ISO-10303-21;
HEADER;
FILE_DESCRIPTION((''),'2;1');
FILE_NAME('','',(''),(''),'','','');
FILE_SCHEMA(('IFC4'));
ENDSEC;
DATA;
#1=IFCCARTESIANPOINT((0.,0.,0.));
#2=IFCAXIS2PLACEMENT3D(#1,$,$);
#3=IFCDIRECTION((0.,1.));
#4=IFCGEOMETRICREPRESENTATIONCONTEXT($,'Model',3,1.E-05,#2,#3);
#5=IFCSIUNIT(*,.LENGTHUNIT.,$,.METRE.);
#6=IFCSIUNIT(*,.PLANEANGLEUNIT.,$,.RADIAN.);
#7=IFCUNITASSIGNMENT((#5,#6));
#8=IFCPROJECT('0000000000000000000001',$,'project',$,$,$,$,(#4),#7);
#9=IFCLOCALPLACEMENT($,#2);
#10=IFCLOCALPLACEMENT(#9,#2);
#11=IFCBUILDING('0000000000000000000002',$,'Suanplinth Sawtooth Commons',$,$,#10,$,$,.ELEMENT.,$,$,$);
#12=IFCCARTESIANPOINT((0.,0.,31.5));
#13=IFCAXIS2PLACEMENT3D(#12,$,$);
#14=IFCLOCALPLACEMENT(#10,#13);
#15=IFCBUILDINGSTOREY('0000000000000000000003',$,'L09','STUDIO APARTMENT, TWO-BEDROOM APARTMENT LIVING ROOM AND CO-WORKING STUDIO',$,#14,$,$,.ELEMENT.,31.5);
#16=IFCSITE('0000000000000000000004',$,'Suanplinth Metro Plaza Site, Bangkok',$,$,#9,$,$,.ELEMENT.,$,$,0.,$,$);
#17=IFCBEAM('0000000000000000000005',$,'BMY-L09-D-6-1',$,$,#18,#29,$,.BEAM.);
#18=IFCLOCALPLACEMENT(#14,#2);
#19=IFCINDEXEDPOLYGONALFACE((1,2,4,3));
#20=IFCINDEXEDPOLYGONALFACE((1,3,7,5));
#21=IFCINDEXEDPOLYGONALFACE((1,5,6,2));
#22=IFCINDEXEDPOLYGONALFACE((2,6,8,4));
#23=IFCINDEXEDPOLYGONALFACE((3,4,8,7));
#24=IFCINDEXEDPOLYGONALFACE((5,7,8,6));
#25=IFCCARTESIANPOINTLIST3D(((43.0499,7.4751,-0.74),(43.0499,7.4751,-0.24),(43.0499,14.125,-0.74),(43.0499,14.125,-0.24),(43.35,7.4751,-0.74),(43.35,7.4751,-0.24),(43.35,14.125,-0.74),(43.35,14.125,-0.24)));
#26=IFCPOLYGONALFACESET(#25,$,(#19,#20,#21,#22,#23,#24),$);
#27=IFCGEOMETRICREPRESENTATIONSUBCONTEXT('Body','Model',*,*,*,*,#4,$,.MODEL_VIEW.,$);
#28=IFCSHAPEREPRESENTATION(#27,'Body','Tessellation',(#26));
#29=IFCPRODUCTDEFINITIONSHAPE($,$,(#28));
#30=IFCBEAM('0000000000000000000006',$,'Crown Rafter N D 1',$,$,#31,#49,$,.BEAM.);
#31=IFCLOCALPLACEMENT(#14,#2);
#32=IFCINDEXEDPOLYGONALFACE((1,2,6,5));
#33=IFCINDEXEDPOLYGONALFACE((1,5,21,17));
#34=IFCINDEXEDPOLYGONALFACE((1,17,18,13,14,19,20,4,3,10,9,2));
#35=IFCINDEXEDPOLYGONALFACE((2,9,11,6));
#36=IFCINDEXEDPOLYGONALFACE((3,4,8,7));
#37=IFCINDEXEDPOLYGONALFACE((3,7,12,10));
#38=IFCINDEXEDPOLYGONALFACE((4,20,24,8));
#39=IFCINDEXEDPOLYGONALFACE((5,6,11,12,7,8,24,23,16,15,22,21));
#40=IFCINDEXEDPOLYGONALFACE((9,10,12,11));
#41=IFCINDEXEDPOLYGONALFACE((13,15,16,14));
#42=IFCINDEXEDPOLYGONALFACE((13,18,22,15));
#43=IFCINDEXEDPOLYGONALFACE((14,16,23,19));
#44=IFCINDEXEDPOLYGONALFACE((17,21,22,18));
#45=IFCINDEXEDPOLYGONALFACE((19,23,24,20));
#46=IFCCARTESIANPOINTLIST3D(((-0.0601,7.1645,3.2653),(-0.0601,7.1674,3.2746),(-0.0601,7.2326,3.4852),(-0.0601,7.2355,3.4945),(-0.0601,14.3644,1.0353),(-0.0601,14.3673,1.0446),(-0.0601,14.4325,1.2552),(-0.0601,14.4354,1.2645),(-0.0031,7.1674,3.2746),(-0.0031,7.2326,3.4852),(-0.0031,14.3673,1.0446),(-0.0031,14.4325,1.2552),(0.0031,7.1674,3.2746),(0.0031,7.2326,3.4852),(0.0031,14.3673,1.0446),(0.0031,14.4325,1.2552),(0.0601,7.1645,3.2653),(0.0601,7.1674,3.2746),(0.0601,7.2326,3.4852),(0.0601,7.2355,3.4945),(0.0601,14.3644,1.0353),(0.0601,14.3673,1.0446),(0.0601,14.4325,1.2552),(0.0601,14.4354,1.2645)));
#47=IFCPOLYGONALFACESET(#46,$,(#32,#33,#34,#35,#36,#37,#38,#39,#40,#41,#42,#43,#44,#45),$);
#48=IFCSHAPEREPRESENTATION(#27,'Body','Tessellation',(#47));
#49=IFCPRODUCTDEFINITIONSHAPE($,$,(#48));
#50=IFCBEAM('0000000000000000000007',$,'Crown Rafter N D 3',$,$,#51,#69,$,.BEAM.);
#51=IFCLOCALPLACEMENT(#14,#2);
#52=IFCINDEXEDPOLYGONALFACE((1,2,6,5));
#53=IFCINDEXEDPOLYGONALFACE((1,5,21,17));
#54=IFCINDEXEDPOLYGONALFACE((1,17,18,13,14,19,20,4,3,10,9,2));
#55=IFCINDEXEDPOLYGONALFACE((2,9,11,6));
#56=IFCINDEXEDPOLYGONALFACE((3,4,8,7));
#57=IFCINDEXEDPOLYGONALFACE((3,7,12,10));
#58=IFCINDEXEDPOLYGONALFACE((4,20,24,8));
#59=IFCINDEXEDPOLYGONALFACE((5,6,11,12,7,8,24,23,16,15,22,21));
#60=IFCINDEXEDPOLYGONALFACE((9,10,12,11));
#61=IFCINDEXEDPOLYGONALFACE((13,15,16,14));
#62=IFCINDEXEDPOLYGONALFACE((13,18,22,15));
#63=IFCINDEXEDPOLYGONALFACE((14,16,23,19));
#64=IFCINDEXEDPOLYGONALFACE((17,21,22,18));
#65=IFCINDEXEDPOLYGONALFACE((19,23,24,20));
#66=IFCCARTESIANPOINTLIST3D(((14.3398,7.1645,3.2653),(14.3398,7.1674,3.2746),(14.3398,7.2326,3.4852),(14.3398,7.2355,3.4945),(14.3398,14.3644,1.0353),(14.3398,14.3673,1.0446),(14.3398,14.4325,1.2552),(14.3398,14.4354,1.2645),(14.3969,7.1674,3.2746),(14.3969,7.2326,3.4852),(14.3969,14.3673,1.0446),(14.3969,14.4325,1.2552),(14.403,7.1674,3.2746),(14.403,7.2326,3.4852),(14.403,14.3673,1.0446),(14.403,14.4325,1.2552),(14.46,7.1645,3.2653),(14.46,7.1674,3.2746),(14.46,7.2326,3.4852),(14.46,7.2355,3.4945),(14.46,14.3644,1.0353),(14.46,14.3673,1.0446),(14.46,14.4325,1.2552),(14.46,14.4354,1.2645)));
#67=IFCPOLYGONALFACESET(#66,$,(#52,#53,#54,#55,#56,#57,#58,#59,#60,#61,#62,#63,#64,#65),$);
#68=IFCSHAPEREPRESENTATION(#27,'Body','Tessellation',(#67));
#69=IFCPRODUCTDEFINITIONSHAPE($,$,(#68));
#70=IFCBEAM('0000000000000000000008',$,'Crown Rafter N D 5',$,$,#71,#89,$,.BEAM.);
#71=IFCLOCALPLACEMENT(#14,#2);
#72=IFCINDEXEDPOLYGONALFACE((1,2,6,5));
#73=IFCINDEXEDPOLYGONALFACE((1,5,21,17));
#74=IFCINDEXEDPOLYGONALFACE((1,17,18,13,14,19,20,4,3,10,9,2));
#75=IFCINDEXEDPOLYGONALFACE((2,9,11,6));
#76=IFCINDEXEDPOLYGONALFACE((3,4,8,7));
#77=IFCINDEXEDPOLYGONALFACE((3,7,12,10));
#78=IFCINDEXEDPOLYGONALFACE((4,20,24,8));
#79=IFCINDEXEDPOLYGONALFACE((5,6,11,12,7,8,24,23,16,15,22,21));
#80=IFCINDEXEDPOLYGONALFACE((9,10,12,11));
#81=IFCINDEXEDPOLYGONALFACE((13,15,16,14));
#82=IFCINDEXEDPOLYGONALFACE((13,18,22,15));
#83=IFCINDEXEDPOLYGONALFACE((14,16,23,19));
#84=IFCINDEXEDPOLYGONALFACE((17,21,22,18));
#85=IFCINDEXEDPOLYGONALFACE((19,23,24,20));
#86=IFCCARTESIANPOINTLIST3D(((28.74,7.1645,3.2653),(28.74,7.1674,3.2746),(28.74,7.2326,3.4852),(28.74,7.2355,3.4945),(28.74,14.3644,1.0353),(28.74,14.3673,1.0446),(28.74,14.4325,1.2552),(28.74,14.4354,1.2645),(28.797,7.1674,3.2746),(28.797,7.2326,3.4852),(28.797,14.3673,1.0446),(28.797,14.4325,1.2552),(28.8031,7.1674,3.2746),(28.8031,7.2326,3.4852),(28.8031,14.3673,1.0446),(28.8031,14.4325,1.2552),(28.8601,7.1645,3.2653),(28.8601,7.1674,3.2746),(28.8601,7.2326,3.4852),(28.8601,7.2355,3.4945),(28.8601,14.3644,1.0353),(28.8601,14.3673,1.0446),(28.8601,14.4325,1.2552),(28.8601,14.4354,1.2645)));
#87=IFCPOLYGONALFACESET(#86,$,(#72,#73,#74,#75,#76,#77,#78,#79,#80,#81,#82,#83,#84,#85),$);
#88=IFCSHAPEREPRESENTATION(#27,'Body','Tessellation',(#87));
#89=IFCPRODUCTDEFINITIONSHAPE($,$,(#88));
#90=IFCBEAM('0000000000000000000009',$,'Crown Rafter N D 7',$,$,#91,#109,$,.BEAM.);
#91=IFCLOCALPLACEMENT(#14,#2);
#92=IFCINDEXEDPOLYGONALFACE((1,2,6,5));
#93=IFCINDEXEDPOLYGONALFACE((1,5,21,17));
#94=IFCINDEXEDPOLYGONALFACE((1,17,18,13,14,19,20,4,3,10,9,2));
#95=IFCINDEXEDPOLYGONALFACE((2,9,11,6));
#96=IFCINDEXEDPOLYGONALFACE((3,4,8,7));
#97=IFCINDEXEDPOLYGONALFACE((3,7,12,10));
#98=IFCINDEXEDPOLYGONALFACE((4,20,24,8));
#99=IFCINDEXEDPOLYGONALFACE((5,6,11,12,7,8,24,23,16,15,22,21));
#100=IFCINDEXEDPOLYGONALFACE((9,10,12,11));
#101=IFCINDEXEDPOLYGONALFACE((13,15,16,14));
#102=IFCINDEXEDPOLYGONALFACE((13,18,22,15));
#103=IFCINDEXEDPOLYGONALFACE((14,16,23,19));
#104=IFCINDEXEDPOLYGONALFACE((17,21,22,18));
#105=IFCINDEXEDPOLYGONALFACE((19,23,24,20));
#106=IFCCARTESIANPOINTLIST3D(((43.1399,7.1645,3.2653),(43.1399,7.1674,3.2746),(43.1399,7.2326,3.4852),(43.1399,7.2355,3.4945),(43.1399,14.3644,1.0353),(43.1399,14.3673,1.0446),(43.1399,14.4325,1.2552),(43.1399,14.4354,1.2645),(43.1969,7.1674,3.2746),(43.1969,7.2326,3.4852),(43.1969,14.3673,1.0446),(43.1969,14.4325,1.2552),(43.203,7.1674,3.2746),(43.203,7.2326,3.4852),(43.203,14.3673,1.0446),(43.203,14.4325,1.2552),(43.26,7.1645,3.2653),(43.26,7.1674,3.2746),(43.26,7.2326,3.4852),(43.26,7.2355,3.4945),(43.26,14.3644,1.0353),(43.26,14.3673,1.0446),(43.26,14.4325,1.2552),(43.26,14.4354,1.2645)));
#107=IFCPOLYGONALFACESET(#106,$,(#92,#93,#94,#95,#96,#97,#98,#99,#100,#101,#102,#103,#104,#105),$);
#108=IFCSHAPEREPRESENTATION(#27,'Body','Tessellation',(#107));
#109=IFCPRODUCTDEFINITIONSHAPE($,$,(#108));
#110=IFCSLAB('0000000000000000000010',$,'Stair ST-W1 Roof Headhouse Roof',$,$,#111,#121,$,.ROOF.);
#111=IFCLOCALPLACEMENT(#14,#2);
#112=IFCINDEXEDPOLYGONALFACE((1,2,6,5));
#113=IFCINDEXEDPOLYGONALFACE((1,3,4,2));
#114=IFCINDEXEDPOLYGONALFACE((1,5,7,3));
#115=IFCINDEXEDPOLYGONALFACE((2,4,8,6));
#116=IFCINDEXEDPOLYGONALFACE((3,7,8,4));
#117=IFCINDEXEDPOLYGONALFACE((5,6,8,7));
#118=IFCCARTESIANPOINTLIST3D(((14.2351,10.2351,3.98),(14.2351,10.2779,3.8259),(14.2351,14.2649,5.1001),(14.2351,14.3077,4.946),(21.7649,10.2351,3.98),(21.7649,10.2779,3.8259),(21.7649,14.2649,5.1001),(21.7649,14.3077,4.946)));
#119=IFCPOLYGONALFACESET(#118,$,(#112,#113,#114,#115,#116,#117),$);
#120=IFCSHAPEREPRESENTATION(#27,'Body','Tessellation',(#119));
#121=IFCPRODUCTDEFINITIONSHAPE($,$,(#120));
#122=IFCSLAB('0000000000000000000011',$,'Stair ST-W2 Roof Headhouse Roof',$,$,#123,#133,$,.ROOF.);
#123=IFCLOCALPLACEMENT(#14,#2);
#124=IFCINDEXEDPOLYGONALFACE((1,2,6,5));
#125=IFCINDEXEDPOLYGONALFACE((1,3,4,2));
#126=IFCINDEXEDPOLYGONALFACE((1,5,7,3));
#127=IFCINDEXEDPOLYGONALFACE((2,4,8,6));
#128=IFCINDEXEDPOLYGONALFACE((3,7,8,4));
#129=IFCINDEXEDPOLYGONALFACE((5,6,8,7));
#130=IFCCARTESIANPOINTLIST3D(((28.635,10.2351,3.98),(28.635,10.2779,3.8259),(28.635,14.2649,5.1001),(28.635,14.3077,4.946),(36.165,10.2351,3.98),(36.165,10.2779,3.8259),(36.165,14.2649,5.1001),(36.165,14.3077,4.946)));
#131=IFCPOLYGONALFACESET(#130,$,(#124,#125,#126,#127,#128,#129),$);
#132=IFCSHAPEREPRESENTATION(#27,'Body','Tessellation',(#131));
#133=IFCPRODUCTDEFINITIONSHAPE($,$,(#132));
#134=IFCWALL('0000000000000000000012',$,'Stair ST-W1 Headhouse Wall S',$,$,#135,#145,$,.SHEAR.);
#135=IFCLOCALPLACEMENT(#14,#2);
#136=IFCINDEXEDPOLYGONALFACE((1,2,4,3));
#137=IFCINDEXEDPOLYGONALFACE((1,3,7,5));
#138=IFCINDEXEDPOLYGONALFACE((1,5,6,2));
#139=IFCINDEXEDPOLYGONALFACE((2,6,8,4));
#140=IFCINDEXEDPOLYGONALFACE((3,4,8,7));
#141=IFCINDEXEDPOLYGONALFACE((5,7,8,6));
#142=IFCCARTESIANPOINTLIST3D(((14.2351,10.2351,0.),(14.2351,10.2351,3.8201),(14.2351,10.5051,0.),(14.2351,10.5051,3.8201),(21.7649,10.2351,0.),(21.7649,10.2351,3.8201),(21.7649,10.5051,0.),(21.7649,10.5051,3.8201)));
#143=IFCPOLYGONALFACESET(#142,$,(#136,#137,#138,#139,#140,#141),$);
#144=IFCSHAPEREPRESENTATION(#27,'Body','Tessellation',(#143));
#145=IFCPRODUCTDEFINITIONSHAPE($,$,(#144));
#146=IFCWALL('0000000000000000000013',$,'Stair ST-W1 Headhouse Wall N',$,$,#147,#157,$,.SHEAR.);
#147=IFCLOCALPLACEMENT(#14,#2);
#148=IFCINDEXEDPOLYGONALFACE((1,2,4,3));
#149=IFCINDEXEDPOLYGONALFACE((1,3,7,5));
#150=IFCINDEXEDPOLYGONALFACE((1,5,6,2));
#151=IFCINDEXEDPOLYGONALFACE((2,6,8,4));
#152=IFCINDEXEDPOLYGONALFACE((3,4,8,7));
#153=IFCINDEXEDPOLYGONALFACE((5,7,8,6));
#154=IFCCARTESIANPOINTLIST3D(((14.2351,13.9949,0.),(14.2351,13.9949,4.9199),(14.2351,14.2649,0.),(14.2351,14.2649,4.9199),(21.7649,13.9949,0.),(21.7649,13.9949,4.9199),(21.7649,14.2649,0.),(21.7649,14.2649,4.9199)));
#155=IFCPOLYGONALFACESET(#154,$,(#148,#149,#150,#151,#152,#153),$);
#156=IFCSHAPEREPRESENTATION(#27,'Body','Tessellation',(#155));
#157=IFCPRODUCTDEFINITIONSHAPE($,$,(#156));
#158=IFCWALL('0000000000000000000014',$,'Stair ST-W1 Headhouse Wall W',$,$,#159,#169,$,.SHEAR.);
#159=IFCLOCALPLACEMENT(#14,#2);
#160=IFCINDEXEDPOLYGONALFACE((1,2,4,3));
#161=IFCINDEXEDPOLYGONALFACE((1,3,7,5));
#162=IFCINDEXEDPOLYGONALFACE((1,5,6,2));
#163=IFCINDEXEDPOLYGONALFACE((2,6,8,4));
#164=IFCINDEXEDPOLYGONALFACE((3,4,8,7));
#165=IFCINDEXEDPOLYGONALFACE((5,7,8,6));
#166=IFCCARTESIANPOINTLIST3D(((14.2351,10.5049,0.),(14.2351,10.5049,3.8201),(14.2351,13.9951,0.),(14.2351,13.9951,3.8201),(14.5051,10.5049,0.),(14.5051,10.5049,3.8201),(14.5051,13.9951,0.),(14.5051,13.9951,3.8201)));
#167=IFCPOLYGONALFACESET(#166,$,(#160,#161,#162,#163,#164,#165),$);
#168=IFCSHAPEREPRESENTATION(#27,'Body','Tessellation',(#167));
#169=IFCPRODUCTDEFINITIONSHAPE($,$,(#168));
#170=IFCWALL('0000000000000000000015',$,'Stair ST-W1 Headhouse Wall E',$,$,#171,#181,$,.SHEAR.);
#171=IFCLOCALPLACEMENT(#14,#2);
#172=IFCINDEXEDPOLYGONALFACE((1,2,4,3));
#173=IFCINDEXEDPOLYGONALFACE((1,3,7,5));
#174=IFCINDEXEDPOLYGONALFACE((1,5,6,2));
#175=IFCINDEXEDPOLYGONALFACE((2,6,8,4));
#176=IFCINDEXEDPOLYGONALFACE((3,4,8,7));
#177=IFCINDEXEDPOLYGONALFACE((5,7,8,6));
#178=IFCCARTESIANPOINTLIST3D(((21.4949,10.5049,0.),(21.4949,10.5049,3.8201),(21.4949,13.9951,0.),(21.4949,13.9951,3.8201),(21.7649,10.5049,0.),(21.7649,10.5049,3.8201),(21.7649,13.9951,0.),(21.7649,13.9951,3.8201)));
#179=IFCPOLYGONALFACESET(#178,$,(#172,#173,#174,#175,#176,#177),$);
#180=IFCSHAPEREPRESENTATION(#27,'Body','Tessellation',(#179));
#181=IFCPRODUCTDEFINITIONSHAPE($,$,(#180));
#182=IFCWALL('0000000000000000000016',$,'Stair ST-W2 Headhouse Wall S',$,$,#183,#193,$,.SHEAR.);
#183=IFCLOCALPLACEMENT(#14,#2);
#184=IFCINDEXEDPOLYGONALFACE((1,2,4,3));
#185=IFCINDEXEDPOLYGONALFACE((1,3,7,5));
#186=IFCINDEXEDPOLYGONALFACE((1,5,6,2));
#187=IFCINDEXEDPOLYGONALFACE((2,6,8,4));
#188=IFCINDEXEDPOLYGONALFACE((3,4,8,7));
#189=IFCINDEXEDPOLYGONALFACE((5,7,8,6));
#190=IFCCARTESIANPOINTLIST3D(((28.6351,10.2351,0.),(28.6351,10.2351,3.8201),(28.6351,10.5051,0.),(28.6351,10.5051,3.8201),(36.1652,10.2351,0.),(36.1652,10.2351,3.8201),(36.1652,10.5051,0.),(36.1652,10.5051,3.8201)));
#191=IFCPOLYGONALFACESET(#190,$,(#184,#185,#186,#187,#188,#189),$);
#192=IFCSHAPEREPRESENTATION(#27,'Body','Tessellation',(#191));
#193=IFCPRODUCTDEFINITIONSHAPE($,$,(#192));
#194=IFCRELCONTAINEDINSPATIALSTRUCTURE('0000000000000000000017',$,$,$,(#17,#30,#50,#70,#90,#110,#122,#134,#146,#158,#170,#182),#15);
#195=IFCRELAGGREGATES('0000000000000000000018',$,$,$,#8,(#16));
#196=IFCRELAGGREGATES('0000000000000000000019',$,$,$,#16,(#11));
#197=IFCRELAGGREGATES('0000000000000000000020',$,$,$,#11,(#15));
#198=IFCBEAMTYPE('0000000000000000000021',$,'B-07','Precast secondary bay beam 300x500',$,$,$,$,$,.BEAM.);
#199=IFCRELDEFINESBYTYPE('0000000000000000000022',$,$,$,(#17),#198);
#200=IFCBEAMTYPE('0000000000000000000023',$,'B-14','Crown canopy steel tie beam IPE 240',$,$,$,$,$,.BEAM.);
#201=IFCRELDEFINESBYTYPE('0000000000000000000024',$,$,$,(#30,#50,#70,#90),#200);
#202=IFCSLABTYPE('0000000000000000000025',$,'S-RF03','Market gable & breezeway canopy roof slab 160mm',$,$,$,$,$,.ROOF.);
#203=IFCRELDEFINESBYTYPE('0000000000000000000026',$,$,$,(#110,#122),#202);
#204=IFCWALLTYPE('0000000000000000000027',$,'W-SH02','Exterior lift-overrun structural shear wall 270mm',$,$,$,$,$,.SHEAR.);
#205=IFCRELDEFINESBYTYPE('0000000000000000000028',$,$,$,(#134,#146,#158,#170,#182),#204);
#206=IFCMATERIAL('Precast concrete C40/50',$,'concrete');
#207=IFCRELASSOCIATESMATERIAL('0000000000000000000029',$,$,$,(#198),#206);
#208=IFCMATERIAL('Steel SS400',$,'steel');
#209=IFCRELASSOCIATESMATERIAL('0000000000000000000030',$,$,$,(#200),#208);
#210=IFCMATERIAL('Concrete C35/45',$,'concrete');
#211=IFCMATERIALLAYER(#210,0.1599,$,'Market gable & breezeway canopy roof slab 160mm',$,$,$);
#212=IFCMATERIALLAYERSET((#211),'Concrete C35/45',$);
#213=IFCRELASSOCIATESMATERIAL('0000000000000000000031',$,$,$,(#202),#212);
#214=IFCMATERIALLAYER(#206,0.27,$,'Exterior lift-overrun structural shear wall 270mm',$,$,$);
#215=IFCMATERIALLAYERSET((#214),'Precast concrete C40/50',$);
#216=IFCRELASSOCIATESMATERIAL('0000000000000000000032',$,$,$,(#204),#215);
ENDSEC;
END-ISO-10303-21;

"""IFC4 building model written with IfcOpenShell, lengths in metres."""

from ifc_helpers import new_model, si_unit, direction, frame, frame_2d, origin, origin_2d, place, context, subcontext, project, spatial, polyline, rectangle, i_section, outline, extrude, material, layer, layer_set, material_profile, profile_set, type_object, element, save


model = new_model("IFC4")

# Units and contexts
model_context = context("Model", 3, precision=1e-05, world=origin(), true_north=direction((0.0, 1.0)))
body_context = subcontext(model_context, "Body", "Model", "MODEL_VIEW")
ifc_project = project(units=[si_unit("LENGTHUNIT", "METRE"), si_unit("PLANEANGLEUNIT", "RADIAN")], contexts=[model_context])

# Site, building, storey
site_placement = place(None, origin())
site = spatial("IfcSite", under=ifc_project, at=site_placement, Name="Suanplinth Metro Plaza Site, Bangkok", CompositionType="ELEMENT", RefElevation=0.0)
building_placement = place(site_placement, origin())
building = spatial("IfcBuilding", under=site, at=building_placement, Name="Suanplinth Sawtooth Commons", CompositionType="ELEMENT")
storey_placement = place(building_placement, frame((0.0, 0.0, 31.5)))
storey = spatial("IfcBuildingStorey", under=building, at=storey_placement, Name="L09", Description="STUDIO APARTMENT, TWO-BEDROOM APARTMENT LIVING ROOM AND CO-WORKING STUDIO", CompositionType="ELEMENT", Elevation=31.5)

# Beams
ifc_material_1 = material(Name="Precast concrete C40/50", Category="concrete")
ifc_material_profile_1 = material_profile(ifc_material_1, rectangle(XDim=0.3, YDim=0.5, at=origin_2d()), Name="PC-BM 300x500")
ifc_profile_set_1 = profile_set([ifc_material_profile_1], Name="Precast concrete C40/50")
beam_type_1 = type_object("IfcBeamType", Name="B-07", Description="Precast secondary bay beam 300x500", PredefinedType="BEAM", material=ifc_profile_set_1)
for number, where, z_axis, x_axis, name in (
    (1, (43.2, 7.4751, -0.49), (0.0, 1.0, 0.0), (-1.0, 0.0, 0.0), "BMY-L09-D-6-1"),
):
    element("IfcBeam", number, at=place(storey_placement, frame(where, z_axis=z_axis, x_axis=x_axis)), inside=storey, type_object=beam_type_1, Name=name, PredefinedType="BEAM", context=body_context, shape_type="SweptSolid", body=[
        extrude(rectangle(XDim=0.3, YDim=0.5, at=origin_2d()), origin(), (0.0, 0.0, 1.0), 6.6499),
    ])
ifc_material_2 = material(Name="Steel SS400", Category="steel")
ifc_material_profile_2 = material_profile(ifc_material_2, i_section(OverallWidth=0.1201, OverallDepth=0.24, WebThickness=0.0061, FlangeThickness=0.0098, at=origin_2d()), Name="IPE 240")
ifc_profile_set_2 = profile_set([ifc_material_profile_2], Name="Steel SS400")
beam_type_2 = type_object("IfcBeamType", Name="B-14", Description="Crown canopy steel tie beam IPE 240", PredefinedType="BEAM", material=ifc_profile_set_2)
for number, where, z_axis, x_axis, name in (
    (2, (0.0, 14.3999, 1.1499), (0.0, -0.955233, 0.295856), (1.0, 0.0, 0.0), "Crown Rafter N D 1"),
    (3, (14.3999, 14.3999, 1.1499), (0.0, -0.955233, 0.295856), (1.0, 0.0, 0.0), "Crown Rafter N D 3"),
    (4, (28.8, 14.3999, 1.1499), (0.0, -0.955233, 0.295856), (1.0, 0.0, 0.0), "Crown Rafter N D 5"),
    (5, (43.2, 14.3999, 1.1499), (0.0, -0.955233, 0.295856), (1.0, 0.0, 0.0), "Crown Rafter N D 7"),
):
    element("IfcBeam", number, at=place(storey_placement, frame(where, z_axis=z_axis, x_axis=x_axis)), inside=storey, type_object=beam_type_2, Name=name, PredefinedType="BEAM", context=body_context, shape_type="SweptSolid", body=[
        extrude(i_section(OverallWidth=0.1201, OverallDepth=0.24, WebThickness=0.0061, FlangeThickness=0.0098, at=origin_2d()), origin(), (0.0, 0.0, 1.0), 7.5374),
    ])

# Slabs
ifc_material_3 = material(Name="Concrete C35/45", Category="concrete")
ifc_layer_1 = layer(ifc_material_3, 0.1599, Name="Market gable & breezeway canopy roof slab 160mm")
ifc_layer_set_1 = layer_set([ifc_layer_1], Name="Concrete C35/45")
slab_type = type_object("IfcSlabType", Name="S-RF03", Description="Market gable & breezeway canopy roof slab 160mm", PredefinedType="ROOF", material=ifc_layer_set_1)
slab_1_placement = place(storey_placement, frame((14.2351, 10.2351, 3.98), z_axis=(0.0, -0.267806, 0.963473), x_axis=(1.0, 0.0, 0.0)))
element("IfcSlab", 6, at=slab_1_placement, inside=storey, type_object=slab_type, Name="Stair ST-W1 Roof Headhouse Roof", PredefinedType="ROOF", context=body_context, shape_type="SweptSolid", body=[
    extrude(outline(polyline([(0.0, 0.0), (7.5298, 0.0), (7.5298, 4.1826), (0.0, 4.1826), (0.0, 0.0)])), origin(), (0.0, 0.0, -1.0), 0.1599),
])
slab_2_placement = place(storey_placement, frame((28.635, 10.2351, 3.98), z_axis=(0.0, -0.267806, 0.963473), x_axis=(1.0, 0.0, 0.0)))
element("IfcSlab", 7, at=slab_2_placement, inside=storey, type_object=slab_type, Name="Stair ST-W2 Roof Headhouse Roof", PredefinedType="ROOF", context=body_context, shape_type="SweptSolid", body=[
    extrude(outline(polyline([(0.0, 0.0), (7.53, 0.0), (7.53, 4.1826), (0.0, 4.1826), (0.0, 0.0)])), origin(), (0.0, 0.0, -1.0), 0.1599),
])

# Walls
ifc_layer_2 = layer(ifc_material_1, 0.27, Name="Exterior lift-overrun structural shear wall 270mm")
ifc_layer_set_2 = layer_set([ifc_layer_2], Name="Precast concrete C40/50")
wall_type = type_object("IfcWallType", Name="W-SH02", Description="Exterior lift-overrun structural shear wall 270mm", PredefinedType="SHEAR", material=ifc_layer_set_2)
wall_1_placement = place(storey_placement, frame((14.2351, 10.3701, 0.0), z_axis=(0.0, 0.0, 1.0), x_axis=(1.0, 0.0, 0.0)))
element("IfcWall", 8, at=wall_1_placement, inside=storey, type_object=wall_type, Name="Stair ST-W1 Headhouse Wall S", PredefinedType="SHEAR", context=body_context, shape_type="SweptSolid", body=[
    extrude(rectangle(XDim=7.5298, YDim=0.27, at=frame_2d((3.7649, 0.0))), origin(), (0.0, 0.0, 1.0), 3.8201),
])
wall_2_placement = place(storey_placement, frame((14.2351, 14.1299, 0.0), z_axis=(0.0, 0.0, 1.0), x_axis=(1.0, 0.0, 0.0)))
element("IfcWall", 9, at=wall_2_placement, inside=storey, type_object=wall_type, Name="Stair ST-W1 Headhouse Wall N", PredefinedType="SHEAR", context=body_context, shape_type="SweptSolid", body=[
    extrude(rectangle(XDim=7.5298, YDim=0.27, at=frame_2d((3.7649, 0.0))), origin(), (0.0, 0.0, 1.0), 4.9199),
])
for number, where, z_axis, x_axis, name in (
    (10, (14.3701, 10.5049, 0.0), (0.0, 0.0, 1.0), (0.0, 1.0, 0.0), "Stair ST-W1 Headhouse Wall W"),
    (11, (21.6299, 10.5049, 0.0), (0.0, 0.0, 1.0), (0.0, 1.0, 0.0), "Stair ST-W1 Headhouse Wall E"),
):
    element("IfcWall", number, at=place(storey_placement, frame(where, z_axis=z_axis, x_axis=x_axis)), inside=storey, type_object=wall_type, Name=name, PredefinedType="SHEAR", context=body_context, shape_type="SweptSolid", body=[
        extrude(rectangle(XDim=3.4902, YDim=0.27, at=frame_2d((1.7451, 0.0))), origin(), (0.0, 0.0, 1.0), 3.8201),
    ])
wall_3_placement = place(storey_placement, frame((28.635, 10.3701, 0.0), z_axis=(0.0, 0.0, 1.0), x_axis=(1.0, 0.0, 0.0)))
element("IfcWall", 12, at=wall_3_placement, inside=storey, type_object=wall_type, Name="Stair ST-W2 Headhouse Wall S", PredefinedType="SHEAR", context=body_context, shape_type="SweptSolid", body=[
    extrude(rectangle(XDim=7.53, YDim=0.27, at=frame_2d((3.7651, 0.0))), origin(), (0.0, 0.0, 1.0), 3.8201),
])

save(model, "model.ifc")
